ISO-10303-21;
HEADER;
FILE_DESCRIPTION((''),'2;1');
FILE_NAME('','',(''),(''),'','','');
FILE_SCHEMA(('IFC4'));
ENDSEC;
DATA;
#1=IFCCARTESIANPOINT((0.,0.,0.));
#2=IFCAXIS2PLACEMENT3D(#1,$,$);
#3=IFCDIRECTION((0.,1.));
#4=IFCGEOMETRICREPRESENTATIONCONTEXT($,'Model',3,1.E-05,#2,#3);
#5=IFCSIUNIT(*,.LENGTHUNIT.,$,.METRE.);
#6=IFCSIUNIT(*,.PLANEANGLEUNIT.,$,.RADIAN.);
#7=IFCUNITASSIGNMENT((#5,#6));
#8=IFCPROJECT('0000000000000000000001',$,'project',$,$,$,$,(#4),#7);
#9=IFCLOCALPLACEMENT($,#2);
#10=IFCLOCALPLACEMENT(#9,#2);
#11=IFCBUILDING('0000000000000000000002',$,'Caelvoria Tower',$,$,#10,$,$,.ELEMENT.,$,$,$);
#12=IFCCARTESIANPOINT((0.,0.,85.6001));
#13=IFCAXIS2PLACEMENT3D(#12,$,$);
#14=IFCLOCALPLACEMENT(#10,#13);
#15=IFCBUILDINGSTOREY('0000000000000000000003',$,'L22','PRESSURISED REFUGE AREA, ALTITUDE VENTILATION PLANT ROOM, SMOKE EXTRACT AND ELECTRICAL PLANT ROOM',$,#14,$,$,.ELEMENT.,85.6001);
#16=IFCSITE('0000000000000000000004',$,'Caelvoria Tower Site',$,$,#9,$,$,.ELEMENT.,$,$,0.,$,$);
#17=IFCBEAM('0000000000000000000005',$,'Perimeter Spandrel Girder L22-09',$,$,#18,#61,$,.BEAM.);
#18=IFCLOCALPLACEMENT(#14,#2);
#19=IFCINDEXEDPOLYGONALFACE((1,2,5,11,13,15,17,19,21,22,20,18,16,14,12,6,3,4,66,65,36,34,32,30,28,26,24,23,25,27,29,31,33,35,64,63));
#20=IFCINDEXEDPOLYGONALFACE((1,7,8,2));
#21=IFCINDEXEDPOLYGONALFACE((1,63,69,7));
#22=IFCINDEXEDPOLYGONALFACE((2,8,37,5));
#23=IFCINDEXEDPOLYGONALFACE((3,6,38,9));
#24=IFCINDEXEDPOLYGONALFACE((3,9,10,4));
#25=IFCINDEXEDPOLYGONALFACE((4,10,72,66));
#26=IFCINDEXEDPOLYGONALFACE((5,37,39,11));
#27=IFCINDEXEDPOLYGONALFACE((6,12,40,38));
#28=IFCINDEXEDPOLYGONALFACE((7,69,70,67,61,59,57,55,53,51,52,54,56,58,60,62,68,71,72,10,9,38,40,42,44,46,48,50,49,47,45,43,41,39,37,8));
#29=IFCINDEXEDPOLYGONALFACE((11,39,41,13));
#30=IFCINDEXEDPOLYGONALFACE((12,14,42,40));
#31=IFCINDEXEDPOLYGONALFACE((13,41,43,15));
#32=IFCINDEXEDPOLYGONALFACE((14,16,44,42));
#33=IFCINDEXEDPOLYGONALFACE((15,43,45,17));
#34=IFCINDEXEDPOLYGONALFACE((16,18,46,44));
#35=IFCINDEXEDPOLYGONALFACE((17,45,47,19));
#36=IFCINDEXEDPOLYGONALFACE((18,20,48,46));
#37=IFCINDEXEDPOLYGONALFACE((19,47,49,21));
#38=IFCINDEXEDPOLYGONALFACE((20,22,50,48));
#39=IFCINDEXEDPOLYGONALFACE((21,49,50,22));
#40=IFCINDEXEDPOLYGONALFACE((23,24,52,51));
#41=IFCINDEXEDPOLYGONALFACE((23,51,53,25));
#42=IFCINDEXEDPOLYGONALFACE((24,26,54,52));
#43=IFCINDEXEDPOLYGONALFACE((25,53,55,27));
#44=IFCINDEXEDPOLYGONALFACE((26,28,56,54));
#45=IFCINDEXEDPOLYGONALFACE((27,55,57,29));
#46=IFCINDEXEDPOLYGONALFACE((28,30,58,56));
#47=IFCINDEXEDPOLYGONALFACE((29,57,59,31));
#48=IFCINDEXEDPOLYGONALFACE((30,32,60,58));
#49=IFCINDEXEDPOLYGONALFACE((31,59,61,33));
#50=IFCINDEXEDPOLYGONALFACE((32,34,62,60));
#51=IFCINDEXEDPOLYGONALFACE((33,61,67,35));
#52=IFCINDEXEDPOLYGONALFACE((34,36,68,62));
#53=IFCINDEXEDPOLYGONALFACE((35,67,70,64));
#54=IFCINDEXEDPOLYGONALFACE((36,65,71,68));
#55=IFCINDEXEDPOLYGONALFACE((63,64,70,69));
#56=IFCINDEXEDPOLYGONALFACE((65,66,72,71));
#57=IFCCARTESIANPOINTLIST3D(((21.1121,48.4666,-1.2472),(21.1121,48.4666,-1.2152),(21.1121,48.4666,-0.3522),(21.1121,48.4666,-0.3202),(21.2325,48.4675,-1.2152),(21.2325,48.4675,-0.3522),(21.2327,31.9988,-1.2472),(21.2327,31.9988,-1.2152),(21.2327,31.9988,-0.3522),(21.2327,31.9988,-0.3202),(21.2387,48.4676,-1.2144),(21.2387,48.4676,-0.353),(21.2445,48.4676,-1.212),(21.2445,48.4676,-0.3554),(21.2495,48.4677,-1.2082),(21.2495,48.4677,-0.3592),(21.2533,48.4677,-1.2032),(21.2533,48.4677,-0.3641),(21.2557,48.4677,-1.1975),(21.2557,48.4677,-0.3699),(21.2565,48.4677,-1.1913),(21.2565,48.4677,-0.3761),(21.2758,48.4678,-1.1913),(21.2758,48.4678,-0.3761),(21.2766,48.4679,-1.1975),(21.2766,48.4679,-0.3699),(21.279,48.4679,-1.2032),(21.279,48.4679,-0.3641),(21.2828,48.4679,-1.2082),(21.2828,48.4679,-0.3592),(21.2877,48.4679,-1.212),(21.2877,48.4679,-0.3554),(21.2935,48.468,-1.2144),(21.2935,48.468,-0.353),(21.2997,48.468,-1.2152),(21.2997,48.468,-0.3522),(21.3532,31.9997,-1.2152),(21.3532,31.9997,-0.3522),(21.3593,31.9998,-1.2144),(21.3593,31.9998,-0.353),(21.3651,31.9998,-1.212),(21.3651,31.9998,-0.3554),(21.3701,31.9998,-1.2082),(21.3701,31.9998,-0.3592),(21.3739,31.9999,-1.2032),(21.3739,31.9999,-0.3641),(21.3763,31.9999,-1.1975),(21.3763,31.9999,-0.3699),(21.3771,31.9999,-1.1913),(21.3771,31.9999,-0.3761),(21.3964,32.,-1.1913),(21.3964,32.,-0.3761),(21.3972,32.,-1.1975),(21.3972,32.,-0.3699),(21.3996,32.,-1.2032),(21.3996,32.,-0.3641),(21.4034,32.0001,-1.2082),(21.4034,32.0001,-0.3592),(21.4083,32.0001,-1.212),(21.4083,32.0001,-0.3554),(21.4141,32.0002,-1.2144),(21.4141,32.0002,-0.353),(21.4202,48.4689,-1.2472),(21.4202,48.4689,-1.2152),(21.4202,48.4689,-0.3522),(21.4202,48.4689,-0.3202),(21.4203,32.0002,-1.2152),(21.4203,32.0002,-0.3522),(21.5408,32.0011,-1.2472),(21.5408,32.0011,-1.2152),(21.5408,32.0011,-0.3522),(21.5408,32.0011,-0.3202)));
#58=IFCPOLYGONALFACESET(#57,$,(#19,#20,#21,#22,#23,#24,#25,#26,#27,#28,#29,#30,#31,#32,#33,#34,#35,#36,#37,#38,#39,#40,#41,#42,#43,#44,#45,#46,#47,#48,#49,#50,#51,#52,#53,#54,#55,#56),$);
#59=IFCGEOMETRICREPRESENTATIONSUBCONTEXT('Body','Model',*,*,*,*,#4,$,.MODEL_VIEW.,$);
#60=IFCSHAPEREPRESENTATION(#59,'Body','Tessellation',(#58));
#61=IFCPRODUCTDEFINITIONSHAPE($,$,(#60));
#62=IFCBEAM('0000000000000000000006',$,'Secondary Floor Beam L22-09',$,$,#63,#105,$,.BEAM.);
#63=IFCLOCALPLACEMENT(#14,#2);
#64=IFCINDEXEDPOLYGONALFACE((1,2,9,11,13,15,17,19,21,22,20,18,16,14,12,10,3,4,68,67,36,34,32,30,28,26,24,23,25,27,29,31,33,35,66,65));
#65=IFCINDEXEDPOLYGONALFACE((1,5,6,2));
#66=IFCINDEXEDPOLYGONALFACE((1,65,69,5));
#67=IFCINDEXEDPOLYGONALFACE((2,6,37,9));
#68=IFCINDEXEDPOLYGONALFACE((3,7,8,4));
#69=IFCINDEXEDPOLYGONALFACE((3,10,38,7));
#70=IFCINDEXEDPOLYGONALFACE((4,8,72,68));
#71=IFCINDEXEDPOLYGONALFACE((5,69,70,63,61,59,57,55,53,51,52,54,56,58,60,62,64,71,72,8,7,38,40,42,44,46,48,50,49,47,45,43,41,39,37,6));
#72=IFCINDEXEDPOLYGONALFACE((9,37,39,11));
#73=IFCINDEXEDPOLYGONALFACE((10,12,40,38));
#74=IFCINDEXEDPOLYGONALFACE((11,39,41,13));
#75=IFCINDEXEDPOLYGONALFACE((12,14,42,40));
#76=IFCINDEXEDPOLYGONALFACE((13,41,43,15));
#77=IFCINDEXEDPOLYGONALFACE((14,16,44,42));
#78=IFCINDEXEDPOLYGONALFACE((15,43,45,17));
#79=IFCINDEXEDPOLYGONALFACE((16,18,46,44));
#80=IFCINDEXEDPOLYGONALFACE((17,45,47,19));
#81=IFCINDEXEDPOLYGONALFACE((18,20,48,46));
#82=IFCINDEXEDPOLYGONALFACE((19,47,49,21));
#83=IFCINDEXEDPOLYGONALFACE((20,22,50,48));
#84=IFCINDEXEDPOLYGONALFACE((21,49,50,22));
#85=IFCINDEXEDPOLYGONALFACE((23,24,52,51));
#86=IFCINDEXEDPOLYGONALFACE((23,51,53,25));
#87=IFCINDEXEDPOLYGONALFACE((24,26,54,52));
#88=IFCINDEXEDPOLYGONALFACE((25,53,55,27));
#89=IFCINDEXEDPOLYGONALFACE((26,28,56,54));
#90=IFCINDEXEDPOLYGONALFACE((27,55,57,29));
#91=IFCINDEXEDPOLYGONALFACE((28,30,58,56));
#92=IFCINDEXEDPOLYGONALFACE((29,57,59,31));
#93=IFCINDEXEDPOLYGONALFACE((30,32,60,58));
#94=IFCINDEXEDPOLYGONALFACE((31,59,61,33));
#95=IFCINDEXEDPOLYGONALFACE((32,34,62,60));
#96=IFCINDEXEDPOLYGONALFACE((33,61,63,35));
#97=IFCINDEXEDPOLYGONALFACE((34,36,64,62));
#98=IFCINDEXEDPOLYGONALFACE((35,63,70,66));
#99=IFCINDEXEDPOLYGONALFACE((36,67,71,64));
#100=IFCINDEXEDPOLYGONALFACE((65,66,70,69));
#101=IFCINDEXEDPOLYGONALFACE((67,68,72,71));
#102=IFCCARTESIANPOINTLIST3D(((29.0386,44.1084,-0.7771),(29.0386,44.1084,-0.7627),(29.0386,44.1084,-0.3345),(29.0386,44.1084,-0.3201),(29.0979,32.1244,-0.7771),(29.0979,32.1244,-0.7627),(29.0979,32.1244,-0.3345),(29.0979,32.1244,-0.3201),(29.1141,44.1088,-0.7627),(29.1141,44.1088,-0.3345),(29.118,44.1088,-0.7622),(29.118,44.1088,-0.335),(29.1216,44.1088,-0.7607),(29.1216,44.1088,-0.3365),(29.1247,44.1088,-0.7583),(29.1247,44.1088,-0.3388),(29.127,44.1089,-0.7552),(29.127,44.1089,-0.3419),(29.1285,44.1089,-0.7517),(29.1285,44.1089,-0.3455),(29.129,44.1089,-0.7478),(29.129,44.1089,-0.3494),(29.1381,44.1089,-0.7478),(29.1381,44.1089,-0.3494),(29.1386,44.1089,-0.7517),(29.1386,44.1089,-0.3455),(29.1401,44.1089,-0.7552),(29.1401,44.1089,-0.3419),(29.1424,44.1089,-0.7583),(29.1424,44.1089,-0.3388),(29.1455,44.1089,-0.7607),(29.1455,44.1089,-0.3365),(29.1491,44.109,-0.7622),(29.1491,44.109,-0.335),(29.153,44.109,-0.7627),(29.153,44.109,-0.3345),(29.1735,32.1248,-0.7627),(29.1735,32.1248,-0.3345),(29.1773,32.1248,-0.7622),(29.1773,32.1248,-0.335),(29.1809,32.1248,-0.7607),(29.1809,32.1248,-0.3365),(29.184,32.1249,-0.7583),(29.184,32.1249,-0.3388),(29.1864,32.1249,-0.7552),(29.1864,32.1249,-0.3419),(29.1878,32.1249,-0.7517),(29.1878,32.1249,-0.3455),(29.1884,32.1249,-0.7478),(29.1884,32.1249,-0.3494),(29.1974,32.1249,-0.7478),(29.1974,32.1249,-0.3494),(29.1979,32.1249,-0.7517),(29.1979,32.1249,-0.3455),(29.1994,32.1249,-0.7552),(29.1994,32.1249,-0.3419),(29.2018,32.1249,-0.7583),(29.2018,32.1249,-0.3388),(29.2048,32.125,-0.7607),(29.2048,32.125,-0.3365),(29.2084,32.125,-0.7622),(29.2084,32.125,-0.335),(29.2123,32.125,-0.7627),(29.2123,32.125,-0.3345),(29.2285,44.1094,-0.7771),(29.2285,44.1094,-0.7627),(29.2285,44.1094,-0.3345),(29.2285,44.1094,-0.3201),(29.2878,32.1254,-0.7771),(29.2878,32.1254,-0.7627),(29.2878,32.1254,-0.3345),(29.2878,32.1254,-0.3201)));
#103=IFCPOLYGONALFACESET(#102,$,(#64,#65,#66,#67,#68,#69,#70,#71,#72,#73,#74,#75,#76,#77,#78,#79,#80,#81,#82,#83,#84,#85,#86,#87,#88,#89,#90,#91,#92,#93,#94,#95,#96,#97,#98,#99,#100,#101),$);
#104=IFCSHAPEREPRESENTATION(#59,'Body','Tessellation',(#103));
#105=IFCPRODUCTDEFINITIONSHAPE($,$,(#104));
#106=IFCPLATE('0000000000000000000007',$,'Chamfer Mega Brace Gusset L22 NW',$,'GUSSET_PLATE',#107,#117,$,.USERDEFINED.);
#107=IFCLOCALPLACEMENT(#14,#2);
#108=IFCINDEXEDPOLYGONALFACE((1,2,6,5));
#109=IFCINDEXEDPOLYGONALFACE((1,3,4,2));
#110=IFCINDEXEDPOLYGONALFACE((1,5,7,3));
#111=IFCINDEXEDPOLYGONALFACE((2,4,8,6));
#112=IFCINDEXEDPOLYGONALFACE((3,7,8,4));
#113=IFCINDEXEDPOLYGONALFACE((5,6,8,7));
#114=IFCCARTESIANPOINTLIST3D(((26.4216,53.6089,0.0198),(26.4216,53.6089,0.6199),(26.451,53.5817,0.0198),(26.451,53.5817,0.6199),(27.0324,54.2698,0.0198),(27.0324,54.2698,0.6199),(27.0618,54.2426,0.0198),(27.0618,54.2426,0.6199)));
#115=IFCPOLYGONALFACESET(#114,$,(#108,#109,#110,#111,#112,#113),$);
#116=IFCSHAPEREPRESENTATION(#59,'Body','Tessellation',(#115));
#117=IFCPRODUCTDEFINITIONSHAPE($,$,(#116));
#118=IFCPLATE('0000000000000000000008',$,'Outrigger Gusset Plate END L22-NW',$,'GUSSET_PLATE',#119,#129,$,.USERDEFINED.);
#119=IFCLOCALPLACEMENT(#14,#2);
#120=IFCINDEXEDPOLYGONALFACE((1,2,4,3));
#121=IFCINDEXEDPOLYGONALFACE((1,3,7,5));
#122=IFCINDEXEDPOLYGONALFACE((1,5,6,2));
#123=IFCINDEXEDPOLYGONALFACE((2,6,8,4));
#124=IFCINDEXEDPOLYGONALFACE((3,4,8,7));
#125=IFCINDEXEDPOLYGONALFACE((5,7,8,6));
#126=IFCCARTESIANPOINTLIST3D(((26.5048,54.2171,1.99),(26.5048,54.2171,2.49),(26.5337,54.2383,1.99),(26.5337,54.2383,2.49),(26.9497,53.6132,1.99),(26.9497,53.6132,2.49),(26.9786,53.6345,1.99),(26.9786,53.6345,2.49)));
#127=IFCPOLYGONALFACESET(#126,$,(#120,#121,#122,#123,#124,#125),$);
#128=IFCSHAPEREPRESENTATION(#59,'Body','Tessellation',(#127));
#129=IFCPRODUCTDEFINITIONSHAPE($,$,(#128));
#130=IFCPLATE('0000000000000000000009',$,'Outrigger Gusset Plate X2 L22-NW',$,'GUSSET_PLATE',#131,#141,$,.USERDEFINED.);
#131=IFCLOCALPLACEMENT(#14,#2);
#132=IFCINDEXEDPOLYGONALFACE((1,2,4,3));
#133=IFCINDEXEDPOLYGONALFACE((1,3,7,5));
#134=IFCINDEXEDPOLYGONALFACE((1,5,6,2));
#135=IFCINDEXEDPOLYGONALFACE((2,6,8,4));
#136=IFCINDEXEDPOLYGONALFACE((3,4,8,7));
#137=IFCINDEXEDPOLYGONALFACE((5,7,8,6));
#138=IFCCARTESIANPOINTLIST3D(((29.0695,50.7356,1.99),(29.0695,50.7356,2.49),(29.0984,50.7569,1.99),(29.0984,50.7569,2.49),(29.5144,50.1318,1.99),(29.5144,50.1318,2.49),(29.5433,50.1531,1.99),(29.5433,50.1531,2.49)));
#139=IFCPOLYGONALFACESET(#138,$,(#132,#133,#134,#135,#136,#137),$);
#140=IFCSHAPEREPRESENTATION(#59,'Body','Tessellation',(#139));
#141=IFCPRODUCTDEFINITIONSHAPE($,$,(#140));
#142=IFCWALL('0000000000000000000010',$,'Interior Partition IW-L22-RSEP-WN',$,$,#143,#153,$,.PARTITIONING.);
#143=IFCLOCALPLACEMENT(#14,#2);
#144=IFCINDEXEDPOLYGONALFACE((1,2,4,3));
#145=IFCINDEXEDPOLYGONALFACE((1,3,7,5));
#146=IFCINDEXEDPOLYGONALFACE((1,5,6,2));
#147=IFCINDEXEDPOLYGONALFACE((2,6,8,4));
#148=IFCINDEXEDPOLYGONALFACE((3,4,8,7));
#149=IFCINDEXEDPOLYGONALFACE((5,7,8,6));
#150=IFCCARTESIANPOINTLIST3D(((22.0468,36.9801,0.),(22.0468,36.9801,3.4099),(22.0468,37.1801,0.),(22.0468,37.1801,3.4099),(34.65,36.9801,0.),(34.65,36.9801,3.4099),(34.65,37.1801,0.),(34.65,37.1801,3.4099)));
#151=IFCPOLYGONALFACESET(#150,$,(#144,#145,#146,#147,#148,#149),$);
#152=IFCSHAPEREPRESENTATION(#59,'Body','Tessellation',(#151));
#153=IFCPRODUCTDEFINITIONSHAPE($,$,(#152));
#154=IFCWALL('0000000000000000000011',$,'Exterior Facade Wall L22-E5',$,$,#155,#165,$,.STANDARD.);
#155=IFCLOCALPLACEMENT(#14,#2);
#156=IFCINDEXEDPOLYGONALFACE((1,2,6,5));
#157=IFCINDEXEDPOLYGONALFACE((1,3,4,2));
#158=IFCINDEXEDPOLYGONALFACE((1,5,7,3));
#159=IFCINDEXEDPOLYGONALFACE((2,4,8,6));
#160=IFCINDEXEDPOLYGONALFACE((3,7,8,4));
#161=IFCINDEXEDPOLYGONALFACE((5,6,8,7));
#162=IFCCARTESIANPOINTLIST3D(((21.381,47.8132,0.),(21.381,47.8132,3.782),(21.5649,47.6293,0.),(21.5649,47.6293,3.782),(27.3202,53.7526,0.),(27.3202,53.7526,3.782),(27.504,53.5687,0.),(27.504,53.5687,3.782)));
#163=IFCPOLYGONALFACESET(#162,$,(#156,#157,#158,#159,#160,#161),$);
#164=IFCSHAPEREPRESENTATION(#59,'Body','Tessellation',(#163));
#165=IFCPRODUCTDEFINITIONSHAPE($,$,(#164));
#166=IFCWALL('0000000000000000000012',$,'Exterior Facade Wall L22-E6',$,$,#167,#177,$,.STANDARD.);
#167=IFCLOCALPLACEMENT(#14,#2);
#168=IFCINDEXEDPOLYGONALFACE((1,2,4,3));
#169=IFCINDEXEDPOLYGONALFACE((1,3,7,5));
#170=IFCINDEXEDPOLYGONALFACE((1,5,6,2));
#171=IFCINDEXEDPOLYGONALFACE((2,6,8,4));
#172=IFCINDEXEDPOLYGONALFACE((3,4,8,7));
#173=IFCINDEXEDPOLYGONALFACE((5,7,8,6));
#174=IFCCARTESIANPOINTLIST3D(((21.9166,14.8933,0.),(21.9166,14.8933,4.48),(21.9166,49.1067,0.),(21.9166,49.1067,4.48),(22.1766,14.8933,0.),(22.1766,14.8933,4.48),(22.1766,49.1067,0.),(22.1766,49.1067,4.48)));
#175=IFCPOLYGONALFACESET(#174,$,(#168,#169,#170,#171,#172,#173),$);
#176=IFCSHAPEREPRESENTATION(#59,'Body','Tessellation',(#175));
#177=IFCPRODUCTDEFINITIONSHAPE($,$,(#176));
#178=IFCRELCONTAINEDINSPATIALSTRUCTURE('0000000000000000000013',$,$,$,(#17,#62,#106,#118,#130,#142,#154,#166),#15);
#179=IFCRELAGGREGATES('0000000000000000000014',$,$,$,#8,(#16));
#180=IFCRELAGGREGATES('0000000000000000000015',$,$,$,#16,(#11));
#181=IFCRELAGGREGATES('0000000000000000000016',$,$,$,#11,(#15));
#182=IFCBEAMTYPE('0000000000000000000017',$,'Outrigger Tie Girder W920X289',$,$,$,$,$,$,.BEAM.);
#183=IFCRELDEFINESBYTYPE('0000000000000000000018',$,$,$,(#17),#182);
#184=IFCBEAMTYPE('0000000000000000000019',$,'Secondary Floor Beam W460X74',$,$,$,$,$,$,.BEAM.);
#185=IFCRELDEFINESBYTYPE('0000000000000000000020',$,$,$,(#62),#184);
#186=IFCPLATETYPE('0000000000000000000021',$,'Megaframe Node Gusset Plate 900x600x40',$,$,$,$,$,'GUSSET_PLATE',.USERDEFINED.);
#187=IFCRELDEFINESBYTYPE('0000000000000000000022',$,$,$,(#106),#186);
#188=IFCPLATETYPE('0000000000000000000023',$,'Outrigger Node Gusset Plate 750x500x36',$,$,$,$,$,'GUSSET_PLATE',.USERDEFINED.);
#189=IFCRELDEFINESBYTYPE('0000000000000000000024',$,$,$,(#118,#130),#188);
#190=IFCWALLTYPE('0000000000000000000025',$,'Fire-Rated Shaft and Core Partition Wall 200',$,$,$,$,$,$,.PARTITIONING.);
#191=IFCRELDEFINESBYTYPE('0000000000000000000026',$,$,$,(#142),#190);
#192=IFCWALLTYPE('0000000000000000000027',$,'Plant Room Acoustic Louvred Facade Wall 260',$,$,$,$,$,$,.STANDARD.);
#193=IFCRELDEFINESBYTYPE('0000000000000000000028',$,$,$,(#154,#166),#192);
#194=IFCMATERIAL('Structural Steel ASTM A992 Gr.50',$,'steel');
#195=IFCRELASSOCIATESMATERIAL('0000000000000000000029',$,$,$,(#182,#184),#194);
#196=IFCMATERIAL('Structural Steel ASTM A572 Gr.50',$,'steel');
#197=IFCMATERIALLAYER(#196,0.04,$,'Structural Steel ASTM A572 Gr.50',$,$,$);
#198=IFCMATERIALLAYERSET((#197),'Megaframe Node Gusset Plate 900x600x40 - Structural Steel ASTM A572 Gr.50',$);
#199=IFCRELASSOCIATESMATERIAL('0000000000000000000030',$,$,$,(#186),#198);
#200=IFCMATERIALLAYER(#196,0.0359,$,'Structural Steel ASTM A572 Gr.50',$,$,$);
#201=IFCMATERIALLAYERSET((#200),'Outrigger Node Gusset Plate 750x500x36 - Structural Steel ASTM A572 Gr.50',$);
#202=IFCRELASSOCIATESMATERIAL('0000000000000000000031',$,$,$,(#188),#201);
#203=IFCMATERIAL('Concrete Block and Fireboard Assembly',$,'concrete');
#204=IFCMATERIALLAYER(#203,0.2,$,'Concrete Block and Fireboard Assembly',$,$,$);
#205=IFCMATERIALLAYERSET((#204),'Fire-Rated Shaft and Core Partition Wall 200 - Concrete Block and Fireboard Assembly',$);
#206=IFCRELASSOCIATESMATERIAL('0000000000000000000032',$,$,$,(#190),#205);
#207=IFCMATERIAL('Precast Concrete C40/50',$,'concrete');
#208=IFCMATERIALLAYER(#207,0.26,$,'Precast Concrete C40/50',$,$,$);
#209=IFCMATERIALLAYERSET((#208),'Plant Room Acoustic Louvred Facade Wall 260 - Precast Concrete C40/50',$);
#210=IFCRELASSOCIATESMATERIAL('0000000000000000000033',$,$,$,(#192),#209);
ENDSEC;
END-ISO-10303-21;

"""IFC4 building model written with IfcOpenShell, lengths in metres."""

from ifc_helpers import new_model, si_unit, direction, frame, frame_2d, origin, origin_2d, place, context, subcontext, project, spatial, rectangle, i_section, extrude, material, layer, layer_set, material_profile, profile_set, type_object, element, save


model = new_model("IFC4")

# Units and contexts
model_context = context("Model", 3, precision=1e-05, world=origin(), true_north=direction((0.0, 1.0)))
body_context = subcontext(model_context, "Body", "Model", "MODEL_VIEW")
ifc_project = project(units=[si_unit("LENGTHUNIT", "METRE"), si_unit("PLANEANGLEUNIT", "RADIAN")], contexts=[model_context])

# Site, building, storey
site_placement = place(None, origin())
site = spatial("IfcSite", under=ifc_project, at=site_placement, Name="Caelvoria Tower Site", CompositionType="ELEMENT", RefElevation=0.0)
building_placement = place(site_placement, origin())
building = spatial("IfcBuilding", under=site, at=building_placement, Name="Caelvoria Tower", CompositionType="ELEMENT")
storey_placement = place(building_placement, frame((0.0, 0.0, 85.6001)))
storey = spatial("IfcBuildingStorey", under=building, at=storey_placement, Name="L22", Description="PRESSURISED REFUGE AREA, ALTITUDE VENTILATION PLANT ROOM, SMOKE EXTRACT AND ELECTRICAL PLANT ROOM", CompositionType="ELEMENT", Elevation=85.6001)

# Shared definitions
ifc_material_1 = material(Name="Structural Steel ASTM A572 Gr.50", Category="steel")

# Beams
ifc_material_2 = material(Name="Structural Steel ASTM A992 Gr.50", Category="steel")
ifc_material_profile_1 = material_profile(ifc_material_2, i_section(OverallWidth=0.3081, OverallDepth=0.927, WebThickness=0.0193, FlangeThickness=0.032, FilletRadius=0.0239, at=origin_2d()), Name="Structural Steel ASTM A992 Gr.50")
ifc_profile_set_1 = profile_set([ifc_material_profile_1], Name="W920X289 - Structural Steel ASTM A992 Gr.50")
beam_type_1 = type_object("IfcBeamType", Name="Outrigger Tie Girder W920X289", PredefinedType="BEAM", material=ifc_profile_set_1)
beam_1_placement = place(storey_placement, frame((21.2661, 48.4678, -0.7837), z_axis=(0.007324, -0.999973, 0.0), x_axis=(0.999973, 0.007324, 0.0)))
element("IfcBeam", 1, at=beam_1_placement, inside=storey, type_object=beam_type_1, Name="Perimeter Spandrel Girder L22-09", PredefinedType="BEAM", context=body_context, shape_type="SweptSolid", body=[
    extrude(i_section(OverallWidth=0.3081, OverallDepth=0.927, WebThickness=0.0193, FlangeThickness=0.032, FilletRadius=0.0239, at=origin_2d()), origin(), (0.0, 0.0, 1.0), 16.4683),
])
ifc_material_profile_2 = material_profile(ifc_material_2, i_section(OverallWidth=0.1899, OverallDepth=0.457, WebThickness=0.009, FlangeThickness=0.0144, FilletRadius=0.0149, at=origin_2d()), Name="Structural Steel ASTM A992 Gr.50")
ifc_profile_set_2 = profile_set([ifc_material_profile_2], Name="W460X74 - Structural Steel ASTM A992 Gr.50")
beam_type_2 = type_object("IfcBeamType", Name="Secondary Floor Beam W460X74", PredefinedType="BEAM", material=ifc_profile_set_2)
beam_2_placement = place(storey_placement, frame((29.1335, 44.1089, -0.5486), z_axis=(0.00495, -0.999988, 0.0), x_axis=(0.999988, 0.00495, 0.0)))
element("IfcBeam", 2, at=beam_2_placement, inside=storey, type_object=beam_type_2, Name="Secondary Floor Beam L22-09", PredefinedType="BEAM", context=body_context, shape_type="SweptSolid", body=[
    extrude(i_section(OverallWidth=0.1899, OverallDepth=0.457, WebThickness=0.009, FlangeThickness=0.0144, FilletRadius=0.0149, at=origin_2d()), origin(), (0.0, 0.0, 1.0), 11.9841),
])

# Plates
ifc_layer_1 = layer(ifc_material_1, 0.04, Name="Structural Steel ASTM A572 Gr.50")
ifc_layer_set_1 = layer_set([ifc_layer_1], Name="Megaframe Node Gusset Plate 900x600x40 - Structural Steel ASTM A572 Gr.50")
plate_type_1 = type_object("IfcPlateType", Name="Megaframe Node Gusset Plate 900x600x40", ElementType="GUSSET_PLATE", PredefinedType="USERDEFINED", material=ifc_layer_set_1)
plate_placement = place(storey_placement, frame((26.7417, 53.9258, 0.0198), z_axis=(0.0, 0.0, 1.0), x_axis=(-0.678697, -0.734418, 0.0)))
element("IfcPlate", 3, at=plate_placement, inside=storey, type_object=plate_type_1, Name="Chamfer Mega Brace Gusset L22 NW", ObjectType="GUSSET_PLATE", PredefinedType="USERDEFINED", context=body_context, shape_type="SweptSolid", body=[
    extrude(rectangle(XDim=0.8999, YDim=0.04, at=origin_2d()), origin(), (0.0, 0.0, 1.0), 0.6001),
])
ifc_layer_2 = layer(ifc_material_1, 0.0359, Name="Structural Steel ASTM A572 Gr.50")
ifc_layer_set_2 = layer_set([ifc_layer_2], Name="Outrigger Node Gusset Plate 750x500x36 - Structural Steel ASTM A572 Gr.50")
plate_type_2 = type_object("IfcPlateType", Name="Outrigger Node Gusset Plate 750x500x36", ElementType="GUSSET_PLATE", PredefinedType="USERDEFINED", material=ifc_layer_set_2)
for number, where, z_axis, x_axis, name in (
    (4, (26.7417, 53.9258, 1.99), (0.0, 0.0, 1.0), (-0.593093, 0.805134, 0.0), "Outrigger Gusset Plate END L22-NW"),
    (5, (29.3064, 50.4443, 1.99), (0.0, 0.0, 1.0), (-0.593093, 0.805134, 0.0), "Outrigger Gusset Plate X2 L22-NW"),
):
    element("IfcPlate", number, at=place(storey_placement, frame(where, z_axis=z_axis, x_axis=x_axis)), inside=storey, type_object=plate_type_2, Name=name, ObjectType="GUSSET_PLATE", PredefinedType="USERDEFINED", context=body_context, shape_type="SweptSolid", body=[
        extrude(rectangle(XDim=0.75, YDim=0.0359, at=origin_2d()), origin(), (0.0, 0.0, 1.0), 0.5),
    ])

# Walls
ifc_material_3 = material(Name="Concrete Block and Fireboard Assembly", Category="concrete")
ifc_layer_3 = layer(ifc_material_3, 0.2, Name="Concrete Block and Fireboard Assembly")
ifc_layer_set_3 = layer_set([ifc_layer_3], Name="Fire-Rated Shaft and Core Partition Wall 200 - Concrete Block and Fireboard Assembly")
wall_type_1 = type_object("IfcWallType", Name="Fire-Rated Shaft and Core Partition Wall 200", PredefinedType="PARTITIONING", material=ifc_layer_set_3)
wall_1_placement = place(storey_placement, frame((22.0466, 37.0801, 0.0), z_axis=(0.0, 0.0, 1.0), x_axis=(1.0, 0.0, 0.0)))
element("IfcWall", 6, at=wall_1_placement, inside=storey, type_object=wall_type_1, Name="Interior Partition IW-L22-RSEP-WN", PredefinedType="PARTITIONING", context=body_context, shape_type="SweptSolid", body=[
    extrude(rectangle(XDim=12.6033, YDim=0.2, at=frame_2d((6.3018, 0.0))), origin(), (0.0, 0.0, 1.0), 3.4099),
])
ifc_material_4 = material(Name="Precast Concrete C40/50", Category="concrete")
ifc_layer_4 = layer(ifc_material_4, 0.26, Name="Precast Concrete C40/50")
ifc_layer_set_4 = layer_set([ifc_layer_4], Name="Plant Room Acoustic Louvred Facade Wall 260 - Precast Concrete C40/50")
wall_type_2 = type_object("IfcWallType", Name="Plant Room Acoustic Louvred Facade Wall 260", PredefinedType="STANDARD", material=ifc_layer_set_4)
wall_2_placement = place(storey_placement, frame((27.4121, 53.6606, 0.0), z_axis=(0.0, 0.0, 1.0), x_axis=(-0.707092, -0.707121, 0.0)))
element("IfcWall", 7, at=wall_2_placement, inside=storey, type_object=wall_type_2, Name="Exterior Facade Wall L22-E5", PredefinedType="STANDARD", context=body_context, shape_type="SweptSolid", body=[
    extrude(rectangle(XDim=8.3994, YDim=0.26, at=frame_2d((4.1997, 0.0))), origin(), (0.0, 0.0, 1.0), 3.782),
])
wall_3_placement = place(storey_placement, frame((22.0466, 49.1067, 0.0), z_axis=(0.0, 0.0, 1.0), x_axis=(0.0, -1.0, 0.0)))
element("IfcWall", 8, at=wall_3_placement, inside=storey, type_object=wall_type_2, Name="Exterior Facade Wall L22-E6", PredefinedType="STANDARD", context=body_context, shape_type="SweptSolid", body=[
    extrude(rectangle(XDim=34.2134, YDim=0.26, at=frame_2d((17.1067, 0.0))), origin(), (0.0, 0.0, 1.0), 4.48),
])

save(model, "model.ifc")
